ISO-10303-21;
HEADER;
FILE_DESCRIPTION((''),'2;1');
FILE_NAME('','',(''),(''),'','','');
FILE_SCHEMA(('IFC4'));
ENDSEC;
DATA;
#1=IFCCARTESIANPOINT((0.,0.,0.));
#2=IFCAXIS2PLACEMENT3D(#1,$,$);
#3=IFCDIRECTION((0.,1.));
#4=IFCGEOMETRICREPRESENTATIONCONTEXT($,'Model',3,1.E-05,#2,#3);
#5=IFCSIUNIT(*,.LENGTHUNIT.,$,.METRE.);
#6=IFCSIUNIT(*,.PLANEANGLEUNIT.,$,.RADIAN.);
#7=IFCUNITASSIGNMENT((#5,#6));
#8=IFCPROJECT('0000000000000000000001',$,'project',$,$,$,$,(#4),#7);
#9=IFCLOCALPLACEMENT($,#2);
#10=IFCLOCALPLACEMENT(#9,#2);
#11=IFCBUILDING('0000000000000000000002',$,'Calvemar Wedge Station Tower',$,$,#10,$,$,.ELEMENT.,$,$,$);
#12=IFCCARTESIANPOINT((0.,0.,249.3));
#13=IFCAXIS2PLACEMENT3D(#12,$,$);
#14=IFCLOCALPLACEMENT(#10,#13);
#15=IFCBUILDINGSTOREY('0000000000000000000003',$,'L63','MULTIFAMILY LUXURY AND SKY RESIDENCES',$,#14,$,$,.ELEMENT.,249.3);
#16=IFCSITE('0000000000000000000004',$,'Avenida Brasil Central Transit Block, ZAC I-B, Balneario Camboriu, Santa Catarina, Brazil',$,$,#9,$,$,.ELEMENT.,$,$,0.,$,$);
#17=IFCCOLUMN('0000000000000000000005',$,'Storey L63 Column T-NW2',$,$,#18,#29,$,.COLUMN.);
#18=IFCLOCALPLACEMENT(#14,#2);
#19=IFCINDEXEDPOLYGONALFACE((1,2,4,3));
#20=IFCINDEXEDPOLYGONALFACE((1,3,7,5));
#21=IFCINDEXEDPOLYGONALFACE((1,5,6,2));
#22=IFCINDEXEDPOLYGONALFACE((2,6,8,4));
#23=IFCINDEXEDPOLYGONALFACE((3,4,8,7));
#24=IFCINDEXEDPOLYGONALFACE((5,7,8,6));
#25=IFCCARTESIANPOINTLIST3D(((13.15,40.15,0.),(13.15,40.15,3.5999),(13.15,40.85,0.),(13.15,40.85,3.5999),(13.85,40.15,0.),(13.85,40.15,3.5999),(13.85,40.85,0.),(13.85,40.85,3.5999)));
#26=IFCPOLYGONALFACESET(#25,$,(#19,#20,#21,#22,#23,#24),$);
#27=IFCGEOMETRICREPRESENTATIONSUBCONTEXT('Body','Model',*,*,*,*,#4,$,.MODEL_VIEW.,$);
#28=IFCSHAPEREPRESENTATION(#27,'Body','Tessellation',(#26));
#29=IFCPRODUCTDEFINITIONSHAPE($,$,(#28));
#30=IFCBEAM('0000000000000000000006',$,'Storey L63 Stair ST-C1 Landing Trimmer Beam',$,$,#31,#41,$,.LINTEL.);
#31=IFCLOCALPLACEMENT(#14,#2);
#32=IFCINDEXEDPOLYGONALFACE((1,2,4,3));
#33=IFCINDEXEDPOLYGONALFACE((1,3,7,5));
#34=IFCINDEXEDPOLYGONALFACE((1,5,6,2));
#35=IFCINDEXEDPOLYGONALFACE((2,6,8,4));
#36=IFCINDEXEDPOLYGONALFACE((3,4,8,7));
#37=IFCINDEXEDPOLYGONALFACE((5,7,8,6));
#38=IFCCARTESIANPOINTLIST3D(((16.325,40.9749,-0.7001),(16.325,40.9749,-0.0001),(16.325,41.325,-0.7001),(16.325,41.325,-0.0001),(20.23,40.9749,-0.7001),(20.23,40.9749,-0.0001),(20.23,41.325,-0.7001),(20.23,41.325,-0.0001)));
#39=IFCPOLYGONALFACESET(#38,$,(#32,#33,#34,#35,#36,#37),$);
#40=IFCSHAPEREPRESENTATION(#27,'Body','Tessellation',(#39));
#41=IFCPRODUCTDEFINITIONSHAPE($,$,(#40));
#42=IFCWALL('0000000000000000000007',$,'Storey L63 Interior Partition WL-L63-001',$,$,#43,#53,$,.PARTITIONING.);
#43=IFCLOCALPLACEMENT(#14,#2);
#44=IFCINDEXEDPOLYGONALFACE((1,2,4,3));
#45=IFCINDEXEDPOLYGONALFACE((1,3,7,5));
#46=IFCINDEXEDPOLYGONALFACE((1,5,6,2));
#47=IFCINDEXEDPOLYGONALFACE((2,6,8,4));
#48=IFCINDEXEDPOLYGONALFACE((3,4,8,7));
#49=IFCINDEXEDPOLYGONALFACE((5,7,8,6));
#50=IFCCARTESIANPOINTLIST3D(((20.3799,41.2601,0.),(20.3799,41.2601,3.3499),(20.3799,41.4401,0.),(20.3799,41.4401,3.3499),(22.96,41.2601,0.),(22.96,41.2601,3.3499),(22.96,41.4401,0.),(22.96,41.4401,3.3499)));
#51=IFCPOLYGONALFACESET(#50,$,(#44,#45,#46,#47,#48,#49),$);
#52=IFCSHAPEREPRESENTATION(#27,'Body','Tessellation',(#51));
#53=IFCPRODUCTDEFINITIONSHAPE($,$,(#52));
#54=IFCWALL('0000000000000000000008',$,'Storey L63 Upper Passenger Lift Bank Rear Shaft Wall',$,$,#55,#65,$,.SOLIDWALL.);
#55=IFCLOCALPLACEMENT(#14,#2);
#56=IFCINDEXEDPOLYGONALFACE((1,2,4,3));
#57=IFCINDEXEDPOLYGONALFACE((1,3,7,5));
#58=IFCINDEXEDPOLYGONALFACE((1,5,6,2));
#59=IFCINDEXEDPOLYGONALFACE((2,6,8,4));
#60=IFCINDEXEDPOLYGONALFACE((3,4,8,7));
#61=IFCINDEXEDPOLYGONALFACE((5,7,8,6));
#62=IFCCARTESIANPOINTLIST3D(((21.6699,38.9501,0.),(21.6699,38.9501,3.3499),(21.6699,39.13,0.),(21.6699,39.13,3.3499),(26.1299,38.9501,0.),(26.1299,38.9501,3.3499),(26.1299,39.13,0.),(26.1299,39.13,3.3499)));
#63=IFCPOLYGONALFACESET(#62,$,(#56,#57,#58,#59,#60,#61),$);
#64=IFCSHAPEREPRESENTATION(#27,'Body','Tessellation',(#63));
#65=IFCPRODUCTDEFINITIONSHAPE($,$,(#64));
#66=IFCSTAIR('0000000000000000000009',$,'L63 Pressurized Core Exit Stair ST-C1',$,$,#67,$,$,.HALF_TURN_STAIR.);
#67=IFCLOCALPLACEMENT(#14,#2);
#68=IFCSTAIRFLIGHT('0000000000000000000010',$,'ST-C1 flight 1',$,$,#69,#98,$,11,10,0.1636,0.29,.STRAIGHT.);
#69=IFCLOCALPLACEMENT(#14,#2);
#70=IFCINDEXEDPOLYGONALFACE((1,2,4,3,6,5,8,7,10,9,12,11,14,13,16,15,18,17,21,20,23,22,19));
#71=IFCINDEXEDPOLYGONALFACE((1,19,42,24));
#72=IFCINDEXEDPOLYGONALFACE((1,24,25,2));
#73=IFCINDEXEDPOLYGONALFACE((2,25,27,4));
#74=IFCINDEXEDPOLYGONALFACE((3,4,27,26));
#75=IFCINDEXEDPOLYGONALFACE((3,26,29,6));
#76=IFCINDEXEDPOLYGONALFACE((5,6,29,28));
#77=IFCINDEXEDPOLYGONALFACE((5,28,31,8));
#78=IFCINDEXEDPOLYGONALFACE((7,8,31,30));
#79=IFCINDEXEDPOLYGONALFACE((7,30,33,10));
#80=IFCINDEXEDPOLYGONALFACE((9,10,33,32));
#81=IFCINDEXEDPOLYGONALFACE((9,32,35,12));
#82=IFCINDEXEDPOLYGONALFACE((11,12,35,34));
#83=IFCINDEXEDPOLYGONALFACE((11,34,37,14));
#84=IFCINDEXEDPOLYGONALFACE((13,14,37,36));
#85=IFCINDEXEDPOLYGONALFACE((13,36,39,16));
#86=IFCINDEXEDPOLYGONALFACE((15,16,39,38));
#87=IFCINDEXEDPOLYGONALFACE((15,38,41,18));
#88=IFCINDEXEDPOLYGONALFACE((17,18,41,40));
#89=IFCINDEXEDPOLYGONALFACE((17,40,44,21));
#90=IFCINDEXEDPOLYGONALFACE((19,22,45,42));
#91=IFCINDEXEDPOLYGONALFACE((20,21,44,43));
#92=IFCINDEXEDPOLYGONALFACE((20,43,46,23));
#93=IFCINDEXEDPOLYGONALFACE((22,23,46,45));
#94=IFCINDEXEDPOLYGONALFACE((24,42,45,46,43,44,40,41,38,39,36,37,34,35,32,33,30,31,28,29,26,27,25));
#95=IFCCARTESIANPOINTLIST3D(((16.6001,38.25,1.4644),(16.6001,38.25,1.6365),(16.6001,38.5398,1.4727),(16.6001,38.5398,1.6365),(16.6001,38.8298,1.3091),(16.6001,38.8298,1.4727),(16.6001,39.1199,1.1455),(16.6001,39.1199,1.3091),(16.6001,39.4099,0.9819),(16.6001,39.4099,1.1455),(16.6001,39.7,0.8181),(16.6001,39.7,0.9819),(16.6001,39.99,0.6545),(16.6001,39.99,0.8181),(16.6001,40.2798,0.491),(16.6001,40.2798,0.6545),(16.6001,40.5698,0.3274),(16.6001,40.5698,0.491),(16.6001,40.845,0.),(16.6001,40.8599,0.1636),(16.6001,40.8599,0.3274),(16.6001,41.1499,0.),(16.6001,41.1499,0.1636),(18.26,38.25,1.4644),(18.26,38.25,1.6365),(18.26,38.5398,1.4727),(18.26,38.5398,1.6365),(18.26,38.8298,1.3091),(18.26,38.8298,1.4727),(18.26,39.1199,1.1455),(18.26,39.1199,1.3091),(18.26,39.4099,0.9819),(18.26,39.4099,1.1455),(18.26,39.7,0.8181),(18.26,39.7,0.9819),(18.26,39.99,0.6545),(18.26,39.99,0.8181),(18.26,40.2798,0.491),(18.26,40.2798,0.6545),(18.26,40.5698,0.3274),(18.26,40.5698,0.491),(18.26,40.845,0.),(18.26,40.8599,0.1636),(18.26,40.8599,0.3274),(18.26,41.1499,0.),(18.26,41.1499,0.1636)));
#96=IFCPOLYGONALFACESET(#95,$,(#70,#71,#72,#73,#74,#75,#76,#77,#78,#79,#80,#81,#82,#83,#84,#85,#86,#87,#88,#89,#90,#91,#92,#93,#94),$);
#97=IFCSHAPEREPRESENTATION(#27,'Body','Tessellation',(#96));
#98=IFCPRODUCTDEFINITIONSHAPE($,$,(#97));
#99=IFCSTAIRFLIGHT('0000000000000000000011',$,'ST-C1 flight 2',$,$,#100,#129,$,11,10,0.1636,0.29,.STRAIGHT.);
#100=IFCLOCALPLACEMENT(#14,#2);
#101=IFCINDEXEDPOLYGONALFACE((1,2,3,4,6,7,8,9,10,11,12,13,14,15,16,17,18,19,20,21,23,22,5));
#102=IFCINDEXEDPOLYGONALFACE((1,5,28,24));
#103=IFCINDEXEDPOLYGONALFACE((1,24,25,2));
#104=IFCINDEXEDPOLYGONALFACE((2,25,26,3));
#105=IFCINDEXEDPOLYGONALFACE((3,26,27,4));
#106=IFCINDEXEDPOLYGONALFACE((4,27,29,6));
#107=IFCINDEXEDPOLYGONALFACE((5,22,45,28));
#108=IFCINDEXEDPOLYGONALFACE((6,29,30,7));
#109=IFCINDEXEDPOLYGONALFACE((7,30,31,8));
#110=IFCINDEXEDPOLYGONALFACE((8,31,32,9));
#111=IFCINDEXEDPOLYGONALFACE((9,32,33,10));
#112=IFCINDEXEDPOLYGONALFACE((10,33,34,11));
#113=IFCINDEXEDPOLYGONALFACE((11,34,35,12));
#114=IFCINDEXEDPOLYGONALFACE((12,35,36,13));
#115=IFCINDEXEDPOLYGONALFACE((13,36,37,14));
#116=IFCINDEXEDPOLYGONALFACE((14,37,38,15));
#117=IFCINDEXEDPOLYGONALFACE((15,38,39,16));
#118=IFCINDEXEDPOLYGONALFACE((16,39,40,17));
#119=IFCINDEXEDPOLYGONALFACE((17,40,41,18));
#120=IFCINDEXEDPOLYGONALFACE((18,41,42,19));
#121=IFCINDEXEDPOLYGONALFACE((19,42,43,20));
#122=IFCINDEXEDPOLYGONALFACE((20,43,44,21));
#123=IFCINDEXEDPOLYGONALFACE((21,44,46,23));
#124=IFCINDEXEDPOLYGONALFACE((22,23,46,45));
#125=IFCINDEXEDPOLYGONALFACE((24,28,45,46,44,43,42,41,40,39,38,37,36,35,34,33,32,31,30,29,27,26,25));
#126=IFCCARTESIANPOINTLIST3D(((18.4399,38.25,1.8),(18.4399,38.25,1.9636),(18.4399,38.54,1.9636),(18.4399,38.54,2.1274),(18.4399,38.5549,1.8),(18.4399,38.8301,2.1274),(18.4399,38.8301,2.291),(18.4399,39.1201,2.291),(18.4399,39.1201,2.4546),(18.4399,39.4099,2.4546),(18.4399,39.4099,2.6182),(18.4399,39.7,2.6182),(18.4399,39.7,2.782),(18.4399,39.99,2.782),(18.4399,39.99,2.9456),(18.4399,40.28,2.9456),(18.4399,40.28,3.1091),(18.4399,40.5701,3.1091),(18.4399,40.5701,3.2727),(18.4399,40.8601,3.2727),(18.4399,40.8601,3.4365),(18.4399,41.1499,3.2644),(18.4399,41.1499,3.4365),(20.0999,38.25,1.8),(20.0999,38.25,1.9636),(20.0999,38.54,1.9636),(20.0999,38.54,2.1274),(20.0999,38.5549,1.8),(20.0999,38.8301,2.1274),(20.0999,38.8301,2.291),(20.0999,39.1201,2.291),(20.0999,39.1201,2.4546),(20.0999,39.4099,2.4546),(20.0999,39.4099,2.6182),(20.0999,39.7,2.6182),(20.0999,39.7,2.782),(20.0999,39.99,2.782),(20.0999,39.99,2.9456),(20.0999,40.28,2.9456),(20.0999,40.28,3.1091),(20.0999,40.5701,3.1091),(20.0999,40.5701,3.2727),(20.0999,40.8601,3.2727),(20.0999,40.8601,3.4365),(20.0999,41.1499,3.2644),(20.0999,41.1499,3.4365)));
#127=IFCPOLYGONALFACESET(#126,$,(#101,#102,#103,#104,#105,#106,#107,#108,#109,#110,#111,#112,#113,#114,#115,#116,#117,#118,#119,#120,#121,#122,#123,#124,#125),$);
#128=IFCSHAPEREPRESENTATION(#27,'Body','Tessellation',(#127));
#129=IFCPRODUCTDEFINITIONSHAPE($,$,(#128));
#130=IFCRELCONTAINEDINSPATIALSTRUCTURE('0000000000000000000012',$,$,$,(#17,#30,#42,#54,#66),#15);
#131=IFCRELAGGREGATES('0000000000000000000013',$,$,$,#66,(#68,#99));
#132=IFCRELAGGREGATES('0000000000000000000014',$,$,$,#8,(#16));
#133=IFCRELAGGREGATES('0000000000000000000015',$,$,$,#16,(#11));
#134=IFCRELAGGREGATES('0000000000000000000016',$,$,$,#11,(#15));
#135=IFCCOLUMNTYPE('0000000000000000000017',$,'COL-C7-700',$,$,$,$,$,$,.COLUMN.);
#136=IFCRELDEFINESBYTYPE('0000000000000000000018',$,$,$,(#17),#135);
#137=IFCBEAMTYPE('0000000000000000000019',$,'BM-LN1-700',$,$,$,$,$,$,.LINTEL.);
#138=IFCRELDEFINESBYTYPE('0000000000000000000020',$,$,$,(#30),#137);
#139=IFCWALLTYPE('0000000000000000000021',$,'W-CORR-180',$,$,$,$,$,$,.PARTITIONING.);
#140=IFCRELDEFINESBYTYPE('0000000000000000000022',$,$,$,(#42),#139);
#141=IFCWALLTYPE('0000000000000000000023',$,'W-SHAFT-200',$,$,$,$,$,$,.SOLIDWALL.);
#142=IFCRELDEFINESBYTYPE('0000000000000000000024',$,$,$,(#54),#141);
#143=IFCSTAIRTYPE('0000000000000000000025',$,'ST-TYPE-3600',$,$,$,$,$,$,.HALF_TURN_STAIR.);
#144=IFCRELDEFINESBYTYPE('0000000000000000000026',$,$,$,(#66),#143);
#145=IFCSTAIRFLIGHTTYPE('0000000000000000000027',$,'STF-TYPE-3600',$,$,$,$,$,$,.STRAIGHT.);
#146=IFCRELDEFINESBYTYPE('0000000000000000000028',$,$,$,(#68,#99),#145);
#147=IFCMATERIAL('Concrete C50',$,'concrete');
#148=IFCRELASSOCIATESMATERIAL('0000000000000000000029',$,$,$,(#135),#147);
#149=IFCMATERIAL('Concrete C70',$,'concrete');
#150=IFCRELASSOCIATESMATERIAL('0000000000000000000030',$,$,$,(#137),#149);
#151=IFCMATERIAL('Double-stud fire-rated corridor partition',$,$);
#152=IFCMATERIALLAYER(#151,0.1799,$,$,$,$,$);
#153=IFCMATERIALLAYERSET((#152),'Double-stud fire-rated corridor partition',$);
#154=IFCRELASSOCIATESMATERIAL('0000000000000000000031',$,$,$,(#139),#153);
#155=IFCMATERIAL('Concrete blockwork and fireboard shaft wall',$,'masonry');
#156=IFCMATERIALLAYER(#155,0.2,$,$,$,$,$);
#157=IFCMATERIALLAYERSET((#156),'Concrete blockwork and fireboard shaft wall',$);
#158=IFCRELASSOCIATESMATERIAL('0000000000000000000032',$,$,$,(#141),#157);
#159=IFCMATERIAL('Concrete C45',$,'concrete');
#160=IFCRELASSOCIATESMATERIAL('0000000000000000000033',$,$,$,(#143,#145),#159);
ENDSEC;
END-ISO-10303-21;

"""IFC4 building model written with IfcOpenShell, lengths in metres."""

from ifc_helpers import new_model, si_unit, direction, frame, frame_2d, origin, origin_2d, place, context, subcontext, project, spatial, polyline, rectangle, outline, extrude, source, transform, mapped, material, layer, layer_set, material_profile, profile_set, type_object, element, aggregate, save


model = new_model("IFC4")

# Units and contexts
model_context = context("Model", 3, precision=1e-05, world=origin(), true_north=direction((0.0, 1.0)))
body_context = subcontext(model_context, "Body", "Model", "MODEL_VIEW")
ifc_project = project(units=[si_unit("LENGTHUNIT", "METRE"), si_unit("PLANEANGLEUNIT", "RADIAN")], contexts=[model_context])

# Site, building, storey
site_placement = place(None, origin())
site = spatial("IfcSite", under=ifc_project, at=site_placement, Name="Avenida Brasil Central Transit Block, ZAC I-B, Balneario Camboriu, Santa Catarina, Brazil", CompositionType="ELEMENT", RefElevation=0.0)
building_placement = place(site_placement, origin())
building = spatial("IfcBuilding", under=site, at=building_placement, Name="Calvemar Wedge Station Tower", CompositionType="ELEMENT")
storey_placement = place(building_placement, frame((0.0, 0.0, 249.3)))
storey = spatial("IfcBuildingStorey", under=building, at=storey_placement, Name="L63", Description="MULTIFAMILY LUXURY AND SKY RESIDENCES", CompositionType="ELEMENT", Elevation=249.3)

# Column
ifc_material_1 = material(Name="Concrete C50", Category="concrete")
ifc_material_profile_1 = material_profile(ifc_material_1, rectangle(XDim=0.7, YDim=0.7, at=origin_2d()), Name="RC700x700")
ifc_profile_set_1 = profile_set([ifc_material_profile_1], Name="Concrete C50")
column_type = type_object("IfcColumnType", Name="COL-C7-700", PredefinedType="COLUMN", material=ifc_profile_set_1)
shared_shape_1 = source(origin(), body_context, "Body", "SweptSolid", [
    extrude(rectangle(XDim=0.7, YDim=0.7, at=origin_2d()), origin(), (0.0, 0.0, 1.0), 3.5999),
])
column_placement = place(storey_placement, frame((13.5, 40.5, 0.0), z_axis=(0.0, 0.0, 1.0), x_axis=(1.0, 0.0, 0.0)))
element("IfcColumn", 1, at=column_placement, inside=storey, type_object=column_type, Name="Storey L63 Column T-NW2", PredefinedType="COLUMN", context=body_context, shape_type="MappedRepresentation", body=[
    mapped(shared_shape_1, transform((0.0, 0.0, 0.0), scale=1.0)),
])

# Beam
ifc_material_2 = material(Name="Concrete C70", Category="concrete")
ifc_material_profile_2 = material_profile(ifc_material_2, rectangle(XDim=0.3501, YDim=0.7, at=origin_2d()), Name="RC350x700")
ifc_profile_set_2 = profile_set([ifc_material_profile_2], Name="Concrete C70")
beam_type = type_object("IfcBeamType", Name="BM-LN1-700", PredefinedType="LINTEL", material=ifc_profile_set_2)
shared_shape_2 = source(origin(), body_context, "Body", "SweptSolid", [
    extrude(rectangle(XDim=0.3501, YDim=0.7, at=origin_2d()), origin(), (0.0, 0.0, 1.0), 3.905),
])
beam_placement = place(storey_placement, frame((16.325, 41.1499, -0.3501), z_axis=(1.0, 0.0, 0.0), x_axis=(0.0, 1.0, 0.0)))
element("IfcBeam", 2, at=beam_placement, inside=storey, type_object=beam_type, Name="Storey L63 Stair ST-C1 Landing Trimmer Beam", PredefinedType="LINTEL", context=body_context, shape_type="MappedRepresentation", body=[
    mapped(shared_shape_2, transform((0.0, 0.0, 0.0), scale=1.0)),
])

# Wall
ifc_material_3 = material(Name="Double-stud fire-rated corridor partition")
ifc_layer_1 = layer(ifc_material_3, 0.1799)
ifc_layer_set_1 = layer_set([ifc_layer_1], Name="Double-stud fire-rated corridor partition")
wall_type_1 = type_object("IfcWallType", Name="W-CORR-180", PredefinedType="PARTITIONING", material=ifc_layer_set_1)
wall_1_placement = place(storey_placement, frame((22.96, 41.3501, 0.0), z_axis=(0.0, 0.0, 1.0), x_axis=(-1.0, 0.0, 0.0)))
element("IfcWall", 3, at=wall_1_placement, inside=storey, type_object=wall_type_1, Name="Storey L63 Interior Partition WL-L63-001", PredefinedType="PARTITIONING", context=body_context, shape_type="SweptSolid", body=[
    extrude(rectangle(XDim=2.5801, YDim=0.1799, at=frame_2d((1.29, 0.0))), origin(), (0.0, 0.0, 1.0), 3.3499),
])

# Wall
ifc_material_4 = material(Name="Concrete blockwork and fireboard shaft wall", Category="masonry")
ifc_layer_2 = layer(ifc_material_4, 0.2)
ifc_layer_set_2 = layer_set([ifc_layer_2], Name="Concrete blockwork and fireboard shaft wall")
wall_type_2 = type_object("IfcWallType", Name="W-SHAFT-200", PredefinedType="SOLIDWALL", material=ifc_layer_set_2)
wall_2_placement = place(storey_placement, frame((21.6699, 39.04, 0.0), z_axis=(0.0, 0.0, 1.0), x_axis=(1.0, 0.0, 0.0)))
element("IfcWall", 4, at=wall_2_placement, inside=storey, type_object=wall_type_2, Name="Storey L63 Upper Passenger Lift Bank Rear Shaft Wall", PredefinedType="SOLIDWALL", context=body_context, shape_type="SweptSolid", body=[
    extrude(rectangle(XDim=4.46, YDim=0.1799, at=frame_2d((2.23, 0.0))), origin(), (0.0, 0.0, 1.0), 3.3499),
])

# Stair, stair flights
ifc_material_5 = material(Name="Concrete C45", Category="concrete")
stair_type = type_object("IfcStairType", Name="ST-TYPE-3600", PredefinedType="HALF_TURN_STAIR", material=ifc_material_5)
stair_placement = place(storey_placement, origin())
stair = element("IfcStair", 5, at=stair_placement, inside=storey, type_object=stair_type, Name="L63 Pressurized Core Exit Stair ST-C1", PredefinedType="HALF_TURN_STAIR")
stair_flight_type = type_object("IfcStairFlightType", Name="STF-TYPE-3600", PredefinedType="STRAIGHT", material=ifc_material_5)
stair_flight_1_placement = place(storey_placement, frame((17.4299, 41.1499, 0.0), z_axis=(0.0, 0.0, 1.0), x_axis=(0.0, -1.0, 0.0)))
stair_flight_1 = element("IfcStairFlight", 6, at=stair_flight_1_placement, type_object=stair_flight_type, Name="ST-C1 flight 1", NumberOfRisers=11, NumberOfTreads=10, PredefinedType="STRAIGHT", RiserHeight=0.1636, TreadLength=0.29, context=body_context, shape_type="SweptSolid", body=[
    extrude(outline(polyline([(0.0, 0.0), (0.0, 0.1636), (0.29, 0.1636), (0.29, 0.3274), (0.5801, 0.3274), (0.5801, 0.491), (0.8701, 0.491), (0.8701, 0.6545), (1.1599, 0.6545), (1.1599, 0.8181), (1.45, 0.8181), (1.45, 0.9819), (1.74, 0.9819), (1.74, 1.1455), (2.03, 1.1455), (2.03, 1.3091), (2.3201, 1.3091), (2.3201, 1.4727), (2.6101, 1.4727), (2.6101, 1.6365), (2.8999, 1.6365), (2.8999, 1.8), (2.8999, 1.4644), (0.3049, 0.0), (0.0, 0.0)])), frame((0.0, 0.8301, 0.0), z_axis=(0.0, -1.0, 0.0), x_axis=(1.0, 0.0, 0.0)), (0.0, 0.0, 1.0), 1.6599),
])
stair_flight_2_placement = place(storey_placement, frame((19.27, 38.25, 1.8), z_axis=(0.0, 0.0, 1.0), x_axis=(0.0, 1.0, 0.0)))
stair_flight_2 = element("IfcStairFlight", 7, at=stair_flight_2_placement, type_object=stair_flight_type, Name="ST-C1 flight 2", NumberOfRisers=11, NumberOfTreads=10, PredefinedType="STRAIGHT", RiserHeight=0.1636, TreadLength=0.29, context=body_context, shape_type="SweptSolid", body=[
    extrude(outline(polyline([(0.0, 0.0), (0.0, 0.1636), (0.29, 0.1636), (0.29, 0.3274), (0.5801, 0.3274), (0.5801, 0.491), (0.8701, 0.491), (0.8701, 0.6545), (1.1599, 0.6545), (1.1599, 0.8181), (1.45, 0.8181), (1.45, 0.9819), (1.74, 0.9819), (1.74, 1.1455), (2.03, 1.1455), (2.03, 1.3091), (2.3201, 1.3091), (2.3201, 1.4727), (2.6101, 1.4727), (2.6101, 1.6365), (2.8999, 1.6365), (2.8999, 1.8), (2.8999, 1.4644), (0.3049, 0.0), (0.0, 0.0)])), frame((0.0, 0.8301, 0.0), z_axis=(0.0, -1.0, 0.0), x_axis=(1.0, 0.0, 0.0)), (0.0, 0.0, 1.0), 1.6599),
])
aggregate(stair, [stair_flight_1, stair_flight_2])

save(model, "model.ifc")
